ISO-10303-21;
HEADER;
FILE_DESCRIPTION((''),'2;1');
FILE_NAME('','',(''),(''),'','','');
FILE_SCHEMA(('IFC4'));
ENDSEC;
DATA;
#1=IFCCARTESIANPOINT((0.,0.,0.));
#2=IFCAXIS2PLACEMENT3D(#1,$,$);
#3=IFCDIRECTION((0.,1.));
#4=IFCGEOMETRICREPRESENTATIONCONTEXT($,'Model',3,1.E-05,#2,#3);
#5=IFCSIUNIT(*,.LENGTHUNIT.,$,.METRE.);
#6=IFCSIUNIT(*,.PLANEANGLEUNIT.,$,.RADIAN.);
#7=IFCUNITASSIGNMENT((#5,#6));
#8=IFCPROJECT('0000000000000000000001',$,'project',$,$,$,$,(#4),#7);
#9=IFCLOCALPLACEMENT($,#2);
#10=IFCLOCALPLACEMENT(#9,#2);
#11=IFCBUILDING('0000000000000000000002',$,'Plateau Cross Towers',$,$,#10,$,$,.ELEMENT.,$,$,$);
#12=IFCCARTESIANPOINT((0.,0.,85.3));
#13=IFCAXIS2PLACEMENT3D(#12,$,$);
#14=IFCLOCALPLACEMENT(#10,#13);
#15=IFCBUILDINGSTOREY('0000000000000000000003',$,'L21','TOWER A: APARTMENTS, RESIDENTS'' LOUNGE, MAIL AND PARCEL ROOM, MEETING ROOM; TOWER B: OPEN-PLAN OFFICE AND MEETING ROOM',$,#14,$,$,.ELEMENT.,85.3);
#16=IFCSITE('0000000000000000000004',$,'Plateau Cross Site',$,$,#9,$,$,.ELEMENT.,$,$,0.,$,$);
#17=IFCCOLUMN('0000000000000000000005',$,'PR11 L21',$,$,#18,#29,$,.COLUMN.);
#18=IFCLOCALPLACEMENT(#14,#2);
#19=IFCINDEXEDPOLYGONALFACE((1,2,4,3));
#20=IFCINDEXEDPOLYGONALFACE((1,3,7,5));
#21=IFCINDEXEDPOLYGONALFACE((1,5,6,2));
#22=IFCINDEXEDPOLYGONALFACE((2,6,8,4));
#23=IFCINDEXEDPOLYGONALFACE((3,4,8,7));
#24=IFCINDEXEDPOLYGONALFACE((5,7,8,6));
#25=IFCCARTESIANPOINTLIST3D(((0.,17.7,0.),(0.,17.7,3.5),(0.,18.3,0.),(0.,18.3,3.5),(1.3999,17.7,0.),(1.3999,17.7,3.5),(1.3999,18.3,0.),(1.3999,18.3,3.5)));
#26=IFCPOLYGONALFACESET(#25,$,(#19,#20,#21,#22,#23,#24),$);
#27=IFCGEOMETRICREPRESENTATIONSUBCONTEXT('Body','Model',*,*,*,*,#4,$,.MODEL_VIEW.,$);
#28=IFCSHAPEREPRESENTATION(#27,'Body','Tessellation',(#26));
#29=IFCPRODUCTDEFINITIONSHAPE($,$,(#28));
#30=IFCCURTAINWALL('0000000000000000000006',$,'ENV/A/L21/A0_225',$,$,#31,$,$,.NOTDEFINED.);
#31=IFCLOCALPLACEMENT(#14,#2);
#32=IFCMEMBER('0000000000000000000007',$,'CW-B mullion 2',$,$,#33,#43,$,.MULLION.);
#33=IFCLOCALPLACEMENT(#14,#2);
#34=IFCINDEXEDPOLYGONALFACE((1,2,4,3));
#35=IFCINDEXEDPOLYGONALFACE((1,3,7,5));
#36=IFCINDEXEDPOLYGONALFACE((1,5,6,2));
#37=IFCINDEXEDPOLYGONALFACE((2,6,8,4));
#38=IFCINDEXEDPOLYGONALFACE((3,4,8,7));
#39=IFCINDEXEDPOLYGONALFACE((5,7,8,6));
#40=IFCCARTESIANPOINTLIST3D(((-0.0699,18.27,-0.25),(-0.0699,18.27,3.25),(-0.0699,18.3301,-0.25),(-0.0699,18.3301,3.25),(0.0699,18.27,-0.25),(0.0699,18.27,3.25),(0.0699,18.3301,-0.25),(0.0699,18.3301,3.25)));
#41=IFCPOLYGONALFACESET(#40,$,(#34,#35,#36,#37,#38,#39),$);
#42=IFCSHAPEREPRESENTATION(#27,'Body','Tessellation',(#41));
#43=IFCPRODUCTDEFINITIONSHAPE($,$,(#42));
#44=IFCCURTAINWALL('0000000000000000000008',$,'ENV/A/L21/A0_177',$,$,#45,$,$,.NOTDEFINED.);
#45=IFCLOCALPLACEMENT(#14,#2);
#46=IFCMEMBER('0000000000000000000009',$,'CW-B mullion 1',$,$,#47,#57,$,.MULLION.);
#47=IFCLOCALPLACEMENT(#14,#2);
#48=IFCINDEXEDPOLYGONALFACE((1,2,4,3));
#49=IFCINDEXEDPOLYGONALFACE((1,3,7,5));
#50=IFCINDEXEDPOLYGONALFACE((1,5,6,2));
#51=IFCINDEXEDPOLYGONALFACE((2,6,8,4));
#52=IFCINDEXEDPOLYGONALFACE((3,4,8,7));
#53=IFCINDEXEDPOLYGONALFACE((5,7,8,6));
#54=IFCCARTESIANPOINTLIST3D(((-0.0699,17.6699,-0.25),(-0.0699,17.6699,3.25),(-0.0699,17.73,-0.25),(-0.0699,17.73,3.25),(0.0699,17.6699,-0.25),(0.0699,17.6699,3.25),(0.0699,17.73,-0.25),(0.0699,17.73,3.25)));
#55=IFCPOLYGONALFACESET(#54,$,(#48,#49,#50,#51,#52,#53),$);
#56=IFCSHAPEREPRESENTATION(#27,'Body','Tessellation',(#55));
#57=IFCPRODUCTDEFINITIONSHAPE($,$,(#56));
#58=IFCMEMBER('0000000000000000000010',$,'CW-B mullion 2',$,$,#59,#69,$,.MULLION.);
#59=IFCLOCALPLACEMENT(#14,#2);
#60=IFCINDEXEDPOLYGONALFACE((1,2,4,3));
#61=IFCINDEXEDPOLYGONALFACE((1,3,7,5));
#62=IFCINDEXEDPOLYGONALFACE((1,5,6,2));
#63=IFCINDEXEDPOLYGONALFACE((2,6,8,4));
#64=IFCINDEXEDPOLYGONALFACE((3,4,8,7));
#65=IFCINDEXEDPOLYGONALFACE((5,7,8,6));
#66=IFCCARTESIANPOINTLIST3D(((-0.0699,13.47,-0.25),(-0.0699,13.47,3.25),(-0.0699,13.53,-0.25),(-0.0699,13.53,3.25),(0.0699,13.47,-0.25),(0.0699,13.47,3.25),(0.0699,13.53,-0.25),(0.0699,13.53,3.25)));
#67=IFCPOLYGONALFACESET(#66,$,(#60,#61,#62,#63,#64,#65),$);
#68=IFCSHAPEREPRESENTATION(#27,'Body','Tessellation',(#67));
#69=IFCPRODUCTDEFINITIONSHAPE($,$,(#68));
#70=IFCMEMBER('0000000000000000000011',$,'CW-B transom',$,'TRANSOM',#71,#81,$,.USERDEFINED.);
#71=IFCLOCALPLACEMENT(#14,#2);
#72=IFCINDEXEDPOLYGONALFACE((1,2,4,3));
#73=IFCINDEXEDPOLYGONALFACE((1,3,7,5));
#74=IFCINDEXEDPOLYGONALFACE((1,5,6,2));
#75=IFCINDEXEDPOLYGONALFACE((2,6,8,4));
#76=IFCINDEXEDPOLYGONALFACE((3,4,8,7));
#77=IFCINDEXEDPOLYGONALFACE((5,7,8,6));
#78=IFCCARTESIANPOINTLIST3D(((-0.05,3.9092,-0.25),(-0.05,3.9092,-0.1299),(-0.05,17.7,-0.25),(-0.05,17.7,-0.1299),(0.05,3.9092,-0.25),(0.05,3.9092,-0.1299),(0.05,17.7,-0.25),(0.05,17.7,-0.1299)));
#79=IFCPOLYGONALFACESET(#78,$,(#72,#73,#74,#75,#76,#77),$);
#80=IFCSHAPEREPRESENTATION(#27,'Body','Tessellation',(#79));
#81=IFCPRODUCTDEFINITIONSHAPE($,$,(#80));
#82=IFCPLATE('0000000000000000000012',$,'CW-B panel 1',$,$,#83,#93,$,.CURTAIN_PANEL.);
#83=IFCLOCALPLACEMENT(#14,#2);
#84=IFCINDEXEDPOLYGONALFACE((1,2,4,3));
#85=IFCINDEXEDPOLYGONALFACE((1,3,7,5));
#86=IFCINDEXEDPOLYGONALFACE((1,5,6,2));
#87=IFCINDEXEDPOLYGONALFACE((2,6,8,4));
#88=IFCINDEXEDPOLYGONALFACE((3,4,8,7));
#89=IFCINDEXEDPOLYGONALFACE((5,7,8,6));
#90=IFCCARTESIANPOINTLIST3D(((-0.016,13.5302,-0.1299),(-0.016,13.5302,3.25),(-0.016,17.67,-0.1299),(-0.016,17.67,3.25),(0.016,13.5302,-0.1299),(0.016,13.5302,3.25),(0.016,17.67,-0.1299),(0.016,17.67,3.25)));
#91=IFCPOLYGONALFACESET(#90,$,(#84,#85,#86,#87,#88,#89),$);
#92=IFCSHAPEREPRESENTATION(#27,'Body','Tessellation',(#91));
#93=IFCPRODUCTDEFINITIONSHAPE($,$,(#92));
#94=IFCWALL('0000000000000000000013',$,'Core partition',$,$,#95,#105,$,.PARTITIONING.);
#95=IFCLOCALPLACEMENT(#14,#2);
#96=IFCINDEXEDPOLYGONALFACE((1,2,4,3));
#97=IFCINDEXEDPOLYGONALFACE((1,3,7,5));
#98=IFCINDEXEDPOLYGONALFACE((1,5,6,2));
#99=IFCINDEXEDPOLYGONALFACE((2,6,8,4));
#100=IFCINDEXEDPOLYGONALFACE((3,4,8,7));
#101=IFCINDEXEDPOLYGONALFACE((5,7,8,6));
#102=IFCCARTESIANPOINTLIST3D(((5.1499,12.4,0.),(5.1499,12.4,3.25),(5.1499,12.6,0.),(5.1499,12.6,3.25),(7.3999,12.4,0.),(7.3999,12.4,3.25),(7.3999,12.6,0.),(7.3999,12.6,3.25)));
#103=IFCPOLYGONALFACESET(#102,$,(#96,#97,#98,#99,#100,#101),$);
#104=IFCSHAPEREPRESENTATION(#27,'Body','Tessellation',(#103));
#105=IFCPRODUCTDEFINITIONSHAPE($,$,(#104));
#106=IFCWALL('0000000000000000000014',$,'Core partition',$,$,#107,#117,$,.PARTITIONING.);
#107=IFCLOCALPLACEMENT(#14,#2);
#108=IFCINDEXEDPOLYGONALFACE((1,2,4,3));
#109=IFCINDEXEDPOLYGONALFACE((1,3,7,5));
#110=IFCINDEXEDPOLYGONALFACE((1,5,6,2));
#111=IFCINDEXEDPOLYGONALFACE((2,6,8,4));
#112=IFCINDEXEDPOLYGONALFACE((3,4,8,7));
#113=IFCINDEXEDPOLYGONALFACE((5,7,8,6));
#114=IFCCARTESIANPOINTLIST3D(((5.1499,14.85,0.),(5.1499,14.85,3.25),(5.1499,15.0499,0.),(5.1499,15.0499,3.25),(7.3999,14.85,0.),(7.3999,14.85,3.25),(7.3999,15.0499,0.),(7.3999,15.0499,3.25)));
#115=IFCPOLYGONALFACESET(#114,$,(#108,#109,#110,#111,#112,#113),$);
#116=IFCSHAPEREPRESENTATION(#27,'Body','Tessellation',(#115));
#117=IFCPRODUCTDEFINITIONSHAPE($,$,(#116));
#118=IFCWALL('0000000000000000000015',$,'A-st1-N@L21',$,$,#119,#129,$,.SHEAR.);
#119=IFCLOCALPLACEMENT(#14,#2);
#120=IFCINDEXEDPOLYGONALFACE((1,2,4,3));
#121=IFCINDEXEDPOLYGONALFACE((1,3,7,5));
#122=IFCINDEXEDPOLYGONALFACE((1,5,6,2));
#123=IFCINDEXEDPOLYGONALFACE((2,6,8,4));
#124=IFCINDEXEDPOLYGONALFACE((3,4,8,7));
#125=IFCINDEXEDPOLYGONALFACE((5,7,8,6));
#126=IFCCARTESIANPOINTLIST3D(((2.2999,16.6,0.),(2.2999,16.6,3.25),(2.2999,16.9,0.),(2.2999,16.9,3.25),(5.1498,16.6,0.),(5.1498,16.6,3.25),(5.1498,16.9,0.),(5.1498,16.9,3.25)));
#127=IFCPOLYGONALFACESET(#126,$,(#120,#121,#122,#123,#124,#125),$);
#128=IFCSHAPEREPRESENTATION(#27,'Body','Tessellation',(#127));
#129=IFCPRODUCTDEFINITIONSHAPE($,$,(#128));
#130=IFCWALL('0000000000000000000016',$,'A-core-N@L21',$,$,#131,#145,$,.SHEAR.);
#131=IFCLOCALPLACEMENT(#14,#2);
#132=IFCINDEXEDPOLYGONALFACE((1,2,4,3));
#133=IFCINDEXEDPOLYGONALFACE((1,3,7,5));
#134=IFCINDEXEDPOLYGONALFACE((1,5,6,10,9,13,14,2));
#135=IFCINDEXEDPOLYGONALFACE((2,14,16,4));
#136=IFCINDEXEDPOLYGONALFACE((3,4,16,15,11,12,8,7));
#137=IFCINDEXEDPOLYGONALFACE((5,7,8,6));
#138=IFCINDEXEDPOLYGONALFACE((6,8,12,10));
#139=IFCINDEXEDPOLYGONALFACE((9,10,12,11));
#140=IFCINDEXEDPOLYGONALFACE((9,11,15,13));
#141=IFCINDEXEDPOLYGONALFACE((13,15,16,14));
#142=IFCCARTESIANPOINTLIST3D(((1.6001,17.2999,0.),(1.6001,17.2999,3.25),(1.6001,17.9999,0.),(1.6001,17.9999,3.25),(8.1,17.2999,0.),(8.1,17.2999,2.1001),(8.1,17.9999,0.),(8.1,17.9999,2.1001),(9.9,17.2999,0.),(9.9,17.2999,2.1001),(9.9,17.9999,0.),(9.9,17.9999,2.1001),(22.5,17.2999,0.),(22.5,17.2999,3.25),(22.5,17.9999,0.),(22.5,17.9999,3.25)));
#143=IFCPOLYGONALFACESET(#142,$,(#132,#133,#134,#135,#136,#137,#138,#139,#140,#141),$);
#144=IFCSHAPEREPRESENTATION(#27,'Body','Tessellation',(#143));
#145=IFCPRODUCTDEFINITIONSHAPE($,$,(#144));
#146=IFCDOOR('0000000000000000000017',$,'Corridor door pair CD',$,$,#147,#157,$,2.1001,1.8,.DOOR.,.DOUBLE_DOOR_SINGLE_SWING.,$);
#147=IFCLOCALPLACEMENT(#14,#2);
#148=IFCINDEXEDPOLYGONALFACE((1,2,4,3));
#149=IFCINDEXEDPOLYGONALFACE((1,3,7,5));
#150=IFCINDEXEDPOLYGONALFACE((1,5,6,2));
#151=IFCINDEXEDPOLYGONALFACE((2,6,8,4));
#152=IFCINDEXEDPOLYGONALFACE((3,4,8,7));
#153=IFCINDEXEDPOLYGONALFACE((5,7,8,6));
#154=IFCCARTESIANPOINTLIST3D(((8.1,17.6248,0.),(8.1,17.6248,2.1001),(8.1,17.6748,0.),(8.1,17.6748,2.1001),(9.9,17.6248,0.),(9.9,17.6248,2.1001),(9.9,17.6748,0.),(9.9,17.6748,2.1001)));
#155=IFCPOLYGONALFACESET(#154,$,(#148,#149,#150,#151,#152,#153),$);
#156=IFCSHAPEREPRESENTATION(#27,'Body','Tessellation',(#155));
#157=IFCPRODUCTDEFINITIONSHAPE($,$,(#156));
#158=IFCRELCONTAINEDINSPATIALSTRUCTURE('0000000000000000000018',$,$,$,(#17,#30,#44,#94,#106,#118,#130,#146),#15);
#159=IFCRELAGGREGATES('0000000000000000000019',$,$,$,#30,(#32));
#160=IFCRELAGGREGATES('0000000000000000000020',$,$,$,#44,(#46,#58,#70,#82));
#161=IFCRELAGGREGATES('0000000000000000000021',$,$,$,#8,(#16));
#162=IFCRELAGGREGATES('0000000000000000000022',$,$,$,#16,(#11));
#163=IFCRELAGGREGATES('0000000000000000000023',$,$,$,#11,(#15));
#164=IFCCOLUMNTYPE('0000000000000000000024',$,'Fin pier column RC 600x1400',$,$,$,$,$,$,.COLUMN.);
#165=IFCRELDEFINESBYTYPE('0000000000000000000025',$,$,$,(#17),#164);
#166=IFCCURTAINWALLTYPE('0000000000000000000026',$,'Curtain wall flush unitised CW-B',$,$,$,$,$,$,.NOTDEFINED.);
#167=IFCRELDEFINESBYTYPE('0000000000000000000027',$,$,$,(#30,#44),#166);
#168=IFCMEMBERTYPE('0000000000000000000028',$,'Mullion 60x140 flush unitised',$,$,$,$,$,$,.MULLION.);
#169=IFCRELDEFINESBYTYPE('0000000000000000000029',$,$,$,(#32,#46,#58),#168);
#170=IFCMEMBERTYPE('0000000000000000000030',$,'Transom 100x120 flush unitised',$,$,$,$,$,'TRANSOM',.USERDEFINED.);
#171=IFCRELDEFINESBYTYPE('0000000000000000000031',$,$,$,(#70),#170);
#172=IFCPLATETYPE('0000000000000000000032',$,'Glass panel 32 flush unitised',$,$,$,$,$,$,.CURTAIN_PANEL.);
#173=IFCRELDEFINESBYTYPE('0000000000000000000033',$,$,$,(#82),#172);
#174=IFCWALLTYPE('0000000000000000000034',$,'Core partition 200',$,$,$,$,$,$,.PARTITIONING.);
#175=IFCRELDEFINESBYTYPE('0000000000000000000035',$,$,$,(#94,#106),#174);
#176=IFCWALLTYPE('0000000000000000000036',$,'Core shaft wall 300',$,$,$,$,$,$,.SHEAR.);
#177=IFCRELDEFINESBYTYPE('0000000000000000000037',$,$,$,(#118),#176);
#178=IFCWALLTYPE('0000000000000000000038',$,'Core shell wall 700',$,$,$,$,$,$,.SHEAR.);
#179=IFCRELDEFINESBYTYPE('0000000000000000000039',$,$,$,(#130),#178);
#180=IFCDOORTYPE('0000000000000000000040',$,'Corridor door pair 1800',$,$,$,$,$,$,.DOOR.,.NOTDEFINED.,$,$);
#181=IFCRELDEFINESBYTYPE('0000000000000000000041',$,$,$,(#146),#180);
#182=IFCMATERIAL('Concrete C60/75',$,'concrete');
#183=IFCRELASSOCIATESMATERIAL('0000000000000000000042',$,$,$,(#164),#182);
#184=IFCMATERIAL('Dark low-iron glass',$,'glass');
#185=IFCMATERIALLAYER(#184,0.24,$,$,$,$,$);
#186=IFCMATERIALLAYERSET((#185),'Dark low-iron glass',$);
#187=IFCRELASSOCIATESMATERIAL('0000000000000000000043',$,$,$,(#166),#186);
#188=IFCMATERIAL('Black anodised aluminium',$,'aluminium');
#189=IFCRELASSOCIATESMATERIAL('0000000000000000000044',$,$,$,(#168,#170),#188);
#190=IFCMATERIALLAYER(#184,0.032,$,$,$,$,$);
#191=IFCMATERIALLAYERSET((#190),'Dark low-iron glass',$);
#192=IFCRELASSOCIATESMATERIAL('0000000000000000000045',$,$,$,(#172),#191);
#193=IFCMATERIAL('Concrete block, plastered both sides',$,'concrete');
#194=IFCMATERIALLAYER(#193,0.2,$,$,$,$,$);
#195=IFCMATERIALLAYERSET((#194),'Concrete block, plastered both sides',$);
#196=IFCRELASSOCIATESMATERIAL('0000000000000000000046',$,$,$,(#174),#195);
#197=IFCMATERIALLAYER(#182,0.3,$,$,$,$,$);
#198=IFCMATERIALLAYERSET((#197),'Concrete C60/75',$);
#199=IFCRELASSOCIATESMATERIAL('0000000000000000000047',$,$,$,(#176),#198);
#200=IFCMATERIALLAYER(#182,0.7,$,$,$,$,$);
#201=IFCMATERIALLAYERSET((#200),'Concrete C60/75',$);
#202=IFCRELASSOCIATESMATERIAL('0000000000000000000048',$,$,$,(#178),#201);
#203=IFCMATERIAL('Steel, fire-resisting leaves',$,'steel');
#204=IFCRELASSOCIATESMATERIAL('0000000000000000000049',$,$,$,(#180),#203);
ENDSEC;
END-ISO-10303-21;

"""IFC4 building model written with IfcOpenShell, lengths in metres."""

from ifc_helpers import new_model, si_unit, direction, frame, frame_2d, origin, origin_2d, place, context, subcontext, project, spatial, rectangle, extrude, material, layer, layer_set, material_profile, profile_set, type_object, element, fill, aggregate, save


model = new_model("IFC4")

# Units and contexts
model_context = context("Model", 3, precision=1e-05, world=origin(), true_north=direction((0.0, 1.0)))
body_context = subcontext(model_context, "Body", "Model", "MODEL_VIEW")
ifc_project = project(units=[si_unit("LENGTHUNIT", "METRE"), si_unit("PLANEANGLEUNIT", "RADIAN")], contexts=[model_context])

# Site, building, storey
site_placement = place(None, origin())
site = spatial("IfcSite", under=ifc_project, at=site_placement, Name="Plateau Cross Site", CompositionType="ELEMENT", RefElevation=0.0)
building_placement = place(site_placement, origin())
building = spatial("IfcBuilding", under=site, at=building_placement, Name="Plateau Cross Towers", CompositionType="ELEMENT")
storey_placement = place(building_placement, frame((0.0, 0.0, 85.3)))
storey = spatial("IfcBuildingStorey", under=building, at=storey_placement, Name="L21", Description="TOWER A: APARTMENTS, RESIDENTS' LOUNGE, MAIL AND PARCEL ROOM, MEETING ROOM; TOWER B: OPEN-PLAN OFFICE AND MEETING ROOM", CompositionType="ELEMENT", Elevation=85.3)

# Column
ifc_material_1 = material(Name="Concrete C60/75", Category="concrete")
ifc_material_profile_1 = material_profile(ifc_material_1, rectangle(XDim=0.6001, YDim=1.3999, at=origin_2d()), Name="RC 600x1400")
ifc_profile_set_1 = profile_set([ifc_material_profile_1], Name="Concrete C60/75")
column_type = type_object("IfcColumnType", Name="Fin pier column RC 600x1400", PredefinedType="COLUMN", material=ifc_profile_set_1)
column_placement = place(storey_placement, frame((0.7, 18.0, 0.0), z_axis=(0.0, 0.0, 1.0), x_axis=(0.0, 1.0, 0.0)))
element("IfcColumn", 1, at=column_placement, inside=storey, type_object=column_type, Name="PR11 L21", PredefinedType="COLUMN", context=body_context, shape_type="SweptSolid", body=[
    extrude(rectangle(XDim=0.6001, YDim=1.3999, at=origin_2d()), origin(), (0.0, 0.0, 1.0), 3.5),
])

# Curtain wall, member
ifc_material_2 = material(Name="Dark low-iron glass", Category="glass")
ifc_layer_1 = layer(ifc_material_2, 0.24)
ifc_layer_set_1 = layer_set([ifc_layer_1], Name="Dark low-iron glass")
curtain_wall_type = type_object("IfcCurtainWallType", Name="Curtain wall flush unitised CW-B", PredefinedType="NOTDEFINED", material=ifc_layer_set_1)
curtain_wall_1_placement = place(storey_placement, origin())
curtain_wall_1 = element("IfcCurtainWall", 2, at=curtain_wall_1_placement, inside=storey, type_object=curtain_wall_type, Name="ENV/A/L21/A0_225", PredefinedType="NOTDEFINED")
ifc_material_3 = material(Name="Black anodised aluminium", Category="aluminium")
ifc_material_profile_2 = material_profile(ifc_material_3, rectangle(XDim=0.0601, YDim=0.1399, at=origin_2d()), Name="MULLION 60x140")
ifc_profile_set_2 = profile_set([ifc_material_profile_2], Name="Black anodised aluminium")
member_type_1 = type_object("IfcMemberType", Name="Mullion 60x140 flush unitised", PredefinedType="MULLION", material=ifc_profile_set_2)
member_1_placement = place(storey_placement, frame((0.0, 18.3, -0.25), z_axis=(0.0, 0.0, 1.0), x_axis=(0.0, -1.0, 0.0)))
member_1 = element("IfcMember", 3, at=member_1_placement, type_object=member_type_1, Name="CW-B mullion 2", PredefinedType="MULLION", context=body_context, shape_type="SweptSolid", body=[
    extrude(rectangle(XDim=0.0601, YDim=0.1399, at=origin_2d()), origin(), (0.0, 0.0, 1.0), 3.5),
])
aggregate(curtain_wall_1, [member_1])

# Curtain wall, members, plate
curtain_wall_2_placement = place(storey_placement, origin())
curtain_wall_2 = element("IfcCurtainWall", 4, at=curtain_wall_2_placement, inside=storey, type_object=curtain_wall_type, Name="ENV/A/L21/A0_177", PredefinedType="NOTDEFINED")
member_2_placement = place(storey_placement, frame((0.0, 17.7, -0.25), z_axis=(0.0, 0.0, 1.0), x_axis=(0.0, -1.0, 0.0)))
member_2 = element("IfcMember", 5, at=member_2_placement, type_object=member_type_1, Name="CW-B mullion 1", PredefinedType="MULLION", context=body_context, shape_type="SweptSolid", body=[
    extrude(rectangle(XDim=0.0601, YDim=0.1399, at=origin_2d()), origin(), (0.0, 0.0, 1.0), 3.5),
])
member_3_placement = place(storey_placement, frame((0.0, 13.5, -0.25), z_axis=(0.0, 0.0, 1.0), x_axis=(0.0, -1.0, 0.0)))
member_3 = element("IfcMember", 6, at=member_3_placement, type_object=member_type_1, Name="CW-B mullion 2", PredefinedType="MULLION", context=body_context, shape_type="SweptSolid", body=[
    extrude(rectangle(XDim=0.0601, YDim=0.1399, at=origin_2d()), origin(), (0.0, 0.0, 1.0), 3.5),
])
ifc_material_profile_3 = material_profile(ifc_material_3, rectangle(XDim=0.1001, YDim=0.1201, at=origin_2d()), Name="TRANSOM 100x120")
ifc_profile_set_3 = profile_set([ifc_material_profile_3], Name="Black anodised aluminium")
member_type_2 = type_object("IfcMemberType", Name="Transom 100x120 flush unitised", ElementType="TRANSOM", PredefinedType="USERDEFINED", material=ifc_profile_set_3)
member_4_placement = place(storey_placement, frame((0.0, 17.7, -0.1899), z_axis=(0.0, -1.0, 0.0), x_axis=(1.0, 0.0, 0.0)))
member_4 = element("IfcMember", 7, at=member_4_placement, type_object=member_type_2, Name="CW-B transom", ObjectType="TRANSOM", PredefinedType="USERDEFINED", context=body_context, shape_type="SweptSolid", body=[
    extrude(rectangle(XDim=0.1001, YDim=0.1201, at=origin_2d()), origin(), (0.0, 0.0, 1.0), 13.7908),
])
ifc_layer_2 = layer(ifc_material_2, 0.032)
ifc_layer_set_2 = layer_set([ifc_layer_2], Name="Dark low-iron glass")
plate_type = type_object("IfcPlateType", Name="Glass panel 32 flush unitised", PredefinedType="CURTAIN_PANEL", material=ifc_layer_set_2)
plate_placement = place(storey_placement, frame((0.0, 15.6001, -0.1299), z_axis=(0.0, 0.0, 1.0), x_axis=(0.0, -1.0, 0.0)))
plate = element("IfcPlate", 8, at=plate_placement, type_object=plate_type, Name="CW-B panel 1", PredefinedType="CURTAIN_PANEL", context=body_context, shape_type="SweptSolid", body=[
    extrude(rectangle(XDim=4.1399, YDim=0.032, at=origin_2d()), origin(), (0.0, 0.0, 1.0), 3.3799),
])
aggregate(curtain_wall_2, [member_2, member_3, member_4, plate])

# Walls
ifc_material_4 = material(Name="Concrete block, plastered both sides", Category="concrete")
ifc_layer_3 = layer(ifc_material_4, 0.2)
ifc_layer_set_3 = layer_set([ifc_layer_3], Name="Concrete block, plastered both sides")
wall_type_1 = type_object("IfcWallType", Name="Core partition 200", PredefinedType="PARTITIONING", material=ifc_layer_set_3)
for number, where, z_axis, x_axis, name in (
    (9, (5.1499, 12.5, 0.0), (0.0, 0.0, 1.0), (1.0, 0.0, 0.0), "Core partition"),
    (10, (5.1499, 14.95, 0.0), (0.0, 0.0, 1.0), (1.0, 0.0, 0.0), "Core partition"),
):
    element("IfcWall", number, at=place(storey_placement, frame(where, z_axis=z_axis, x_axis=x_axis)), inside=storey, type_object=wall_type_1, Name=name, PredefinedType="PARTITIONING", context=body_context, shape_type="SweptSolid", body=[
        extrude(rectangle(XDim=2.25, YDim=0.2, at=frame_2d((1.125, 0.0))), origin(), (0.0, 0.0, 1.0), 3.25),
    ])
ifc_layer_4 = layer(ifc_material_1, 0.3)
ifc_layer_set_4 = layer_set([ifc_layer_4], Name="Concrete C60/75")
wall_type_2 = type_object("IfcWallType", Name="Core shaft wall 300", PredefinedType="SHEAR", material=ifc_layer_set_4)
wall_1_placement = place(storey_placement, frame((2.3, 16.75, 0.0), z_axis=(0.0, 0.0, 1.0), x_axis=(1.0, 0.0, 0.0)))
element("IfcWall", 11, at=wall_1_placement, inside=storey, type_object=wall_type_2, Name="A-st1-N@L21", PredefinedType="SHEAR", context=body_context, shape_type="SweptSolid", body=[
    extrude(rectangle(XDim=2.8499, YDim=0.3, at=frame_2d((1.4248, 0.0))), origin(), (0.0, 0.0, 1.0), 3.25),
])

# Wall, opening, door
ifc_layer_5 = layer(ifc_material_1, 0.7)
ifc_layer_set_5 = layer_set([ifc_layer_5], Name="Concrete C60/75")
wall_type_3 = type_object("IfcWallType", Name="Core shell wall 700", PredefinedType="SHEAR", material=ifc_layer_set_5)
wall_2_placement = place(storey_placement, frame((1.6001, 17.6499, 0.0), z_axis=(0.0, 0.0, 1.0), x_axis=(1.0, 0.0, 0.0)))
wall_2 = element("IfcWall", 12, at=wall_2_placement, inside=storey, type_object=wall_type_3, Name="A-core-N@L21", PredefinedType="SHEAR", context=body_context, shape_type="SweptSolid", body=[
    extrude(rectangle(XDim=20.8999, YDim=0.7, at=frame_2d((10.45, 0.0))), origin(), (0.0, 0.0, 1.0), 3.25),
])
opening_placement = place(wall_2_placement, frame((6.5, 0.0, 0.0)))
opening = element("IfcOpeningElement", 13, at=opening_placement, cuts=wall_2, PredefinedType="OPENING", context=body_context, shape_type="SweptSolid", body=[
    extrude(rectangle(XDim=1.8, YDim=2.1001, at=frame_2d((0.8999, 1.05))), frame((0.0, 0.3599, 0.0), z_axis=(0.0, -1.0, 0.0), x_axis=(1.0, 0.0, 0.0)), (0.0, 0.0, 1.0), 0.72),
])
ifc_material_5 = material(Name="Steel, fire-resisting leaves", Category="steel")
door_type = type_object("IfcDoorType", Name="Corridor door pair 1800", OperationType="NOTDEFINED", PredefinedType="DOOR", material=ifc_material_5)
door_placement = place(opening_placement, origin())
door = element("IfcDoor", 14, at=door_placement, inside=storey, type_object=door_type, Name="Corridor door pair CD", OperationType="DOUBLE_DOOR_SINGLE_SWING", OverallHeight=2.1001, OverallWidth=1.8, PredefinedType="DOOR", context=body_context, shape_type="SweptSolid", body=[
    extrude(rectangle(XDim=1.8, YDim=2.1001, at=frame_2d((0.8999, 1.05))), frame((0.0, 0.0249, 0.0), z_axis=(0.0, -1.0, 0.0), x_axis=(1.0, 0.0, 0.0)), (0.0, 0.0, 1.0), 0.05),
])
fill(opening, door)

save(model, "model.ifc")
